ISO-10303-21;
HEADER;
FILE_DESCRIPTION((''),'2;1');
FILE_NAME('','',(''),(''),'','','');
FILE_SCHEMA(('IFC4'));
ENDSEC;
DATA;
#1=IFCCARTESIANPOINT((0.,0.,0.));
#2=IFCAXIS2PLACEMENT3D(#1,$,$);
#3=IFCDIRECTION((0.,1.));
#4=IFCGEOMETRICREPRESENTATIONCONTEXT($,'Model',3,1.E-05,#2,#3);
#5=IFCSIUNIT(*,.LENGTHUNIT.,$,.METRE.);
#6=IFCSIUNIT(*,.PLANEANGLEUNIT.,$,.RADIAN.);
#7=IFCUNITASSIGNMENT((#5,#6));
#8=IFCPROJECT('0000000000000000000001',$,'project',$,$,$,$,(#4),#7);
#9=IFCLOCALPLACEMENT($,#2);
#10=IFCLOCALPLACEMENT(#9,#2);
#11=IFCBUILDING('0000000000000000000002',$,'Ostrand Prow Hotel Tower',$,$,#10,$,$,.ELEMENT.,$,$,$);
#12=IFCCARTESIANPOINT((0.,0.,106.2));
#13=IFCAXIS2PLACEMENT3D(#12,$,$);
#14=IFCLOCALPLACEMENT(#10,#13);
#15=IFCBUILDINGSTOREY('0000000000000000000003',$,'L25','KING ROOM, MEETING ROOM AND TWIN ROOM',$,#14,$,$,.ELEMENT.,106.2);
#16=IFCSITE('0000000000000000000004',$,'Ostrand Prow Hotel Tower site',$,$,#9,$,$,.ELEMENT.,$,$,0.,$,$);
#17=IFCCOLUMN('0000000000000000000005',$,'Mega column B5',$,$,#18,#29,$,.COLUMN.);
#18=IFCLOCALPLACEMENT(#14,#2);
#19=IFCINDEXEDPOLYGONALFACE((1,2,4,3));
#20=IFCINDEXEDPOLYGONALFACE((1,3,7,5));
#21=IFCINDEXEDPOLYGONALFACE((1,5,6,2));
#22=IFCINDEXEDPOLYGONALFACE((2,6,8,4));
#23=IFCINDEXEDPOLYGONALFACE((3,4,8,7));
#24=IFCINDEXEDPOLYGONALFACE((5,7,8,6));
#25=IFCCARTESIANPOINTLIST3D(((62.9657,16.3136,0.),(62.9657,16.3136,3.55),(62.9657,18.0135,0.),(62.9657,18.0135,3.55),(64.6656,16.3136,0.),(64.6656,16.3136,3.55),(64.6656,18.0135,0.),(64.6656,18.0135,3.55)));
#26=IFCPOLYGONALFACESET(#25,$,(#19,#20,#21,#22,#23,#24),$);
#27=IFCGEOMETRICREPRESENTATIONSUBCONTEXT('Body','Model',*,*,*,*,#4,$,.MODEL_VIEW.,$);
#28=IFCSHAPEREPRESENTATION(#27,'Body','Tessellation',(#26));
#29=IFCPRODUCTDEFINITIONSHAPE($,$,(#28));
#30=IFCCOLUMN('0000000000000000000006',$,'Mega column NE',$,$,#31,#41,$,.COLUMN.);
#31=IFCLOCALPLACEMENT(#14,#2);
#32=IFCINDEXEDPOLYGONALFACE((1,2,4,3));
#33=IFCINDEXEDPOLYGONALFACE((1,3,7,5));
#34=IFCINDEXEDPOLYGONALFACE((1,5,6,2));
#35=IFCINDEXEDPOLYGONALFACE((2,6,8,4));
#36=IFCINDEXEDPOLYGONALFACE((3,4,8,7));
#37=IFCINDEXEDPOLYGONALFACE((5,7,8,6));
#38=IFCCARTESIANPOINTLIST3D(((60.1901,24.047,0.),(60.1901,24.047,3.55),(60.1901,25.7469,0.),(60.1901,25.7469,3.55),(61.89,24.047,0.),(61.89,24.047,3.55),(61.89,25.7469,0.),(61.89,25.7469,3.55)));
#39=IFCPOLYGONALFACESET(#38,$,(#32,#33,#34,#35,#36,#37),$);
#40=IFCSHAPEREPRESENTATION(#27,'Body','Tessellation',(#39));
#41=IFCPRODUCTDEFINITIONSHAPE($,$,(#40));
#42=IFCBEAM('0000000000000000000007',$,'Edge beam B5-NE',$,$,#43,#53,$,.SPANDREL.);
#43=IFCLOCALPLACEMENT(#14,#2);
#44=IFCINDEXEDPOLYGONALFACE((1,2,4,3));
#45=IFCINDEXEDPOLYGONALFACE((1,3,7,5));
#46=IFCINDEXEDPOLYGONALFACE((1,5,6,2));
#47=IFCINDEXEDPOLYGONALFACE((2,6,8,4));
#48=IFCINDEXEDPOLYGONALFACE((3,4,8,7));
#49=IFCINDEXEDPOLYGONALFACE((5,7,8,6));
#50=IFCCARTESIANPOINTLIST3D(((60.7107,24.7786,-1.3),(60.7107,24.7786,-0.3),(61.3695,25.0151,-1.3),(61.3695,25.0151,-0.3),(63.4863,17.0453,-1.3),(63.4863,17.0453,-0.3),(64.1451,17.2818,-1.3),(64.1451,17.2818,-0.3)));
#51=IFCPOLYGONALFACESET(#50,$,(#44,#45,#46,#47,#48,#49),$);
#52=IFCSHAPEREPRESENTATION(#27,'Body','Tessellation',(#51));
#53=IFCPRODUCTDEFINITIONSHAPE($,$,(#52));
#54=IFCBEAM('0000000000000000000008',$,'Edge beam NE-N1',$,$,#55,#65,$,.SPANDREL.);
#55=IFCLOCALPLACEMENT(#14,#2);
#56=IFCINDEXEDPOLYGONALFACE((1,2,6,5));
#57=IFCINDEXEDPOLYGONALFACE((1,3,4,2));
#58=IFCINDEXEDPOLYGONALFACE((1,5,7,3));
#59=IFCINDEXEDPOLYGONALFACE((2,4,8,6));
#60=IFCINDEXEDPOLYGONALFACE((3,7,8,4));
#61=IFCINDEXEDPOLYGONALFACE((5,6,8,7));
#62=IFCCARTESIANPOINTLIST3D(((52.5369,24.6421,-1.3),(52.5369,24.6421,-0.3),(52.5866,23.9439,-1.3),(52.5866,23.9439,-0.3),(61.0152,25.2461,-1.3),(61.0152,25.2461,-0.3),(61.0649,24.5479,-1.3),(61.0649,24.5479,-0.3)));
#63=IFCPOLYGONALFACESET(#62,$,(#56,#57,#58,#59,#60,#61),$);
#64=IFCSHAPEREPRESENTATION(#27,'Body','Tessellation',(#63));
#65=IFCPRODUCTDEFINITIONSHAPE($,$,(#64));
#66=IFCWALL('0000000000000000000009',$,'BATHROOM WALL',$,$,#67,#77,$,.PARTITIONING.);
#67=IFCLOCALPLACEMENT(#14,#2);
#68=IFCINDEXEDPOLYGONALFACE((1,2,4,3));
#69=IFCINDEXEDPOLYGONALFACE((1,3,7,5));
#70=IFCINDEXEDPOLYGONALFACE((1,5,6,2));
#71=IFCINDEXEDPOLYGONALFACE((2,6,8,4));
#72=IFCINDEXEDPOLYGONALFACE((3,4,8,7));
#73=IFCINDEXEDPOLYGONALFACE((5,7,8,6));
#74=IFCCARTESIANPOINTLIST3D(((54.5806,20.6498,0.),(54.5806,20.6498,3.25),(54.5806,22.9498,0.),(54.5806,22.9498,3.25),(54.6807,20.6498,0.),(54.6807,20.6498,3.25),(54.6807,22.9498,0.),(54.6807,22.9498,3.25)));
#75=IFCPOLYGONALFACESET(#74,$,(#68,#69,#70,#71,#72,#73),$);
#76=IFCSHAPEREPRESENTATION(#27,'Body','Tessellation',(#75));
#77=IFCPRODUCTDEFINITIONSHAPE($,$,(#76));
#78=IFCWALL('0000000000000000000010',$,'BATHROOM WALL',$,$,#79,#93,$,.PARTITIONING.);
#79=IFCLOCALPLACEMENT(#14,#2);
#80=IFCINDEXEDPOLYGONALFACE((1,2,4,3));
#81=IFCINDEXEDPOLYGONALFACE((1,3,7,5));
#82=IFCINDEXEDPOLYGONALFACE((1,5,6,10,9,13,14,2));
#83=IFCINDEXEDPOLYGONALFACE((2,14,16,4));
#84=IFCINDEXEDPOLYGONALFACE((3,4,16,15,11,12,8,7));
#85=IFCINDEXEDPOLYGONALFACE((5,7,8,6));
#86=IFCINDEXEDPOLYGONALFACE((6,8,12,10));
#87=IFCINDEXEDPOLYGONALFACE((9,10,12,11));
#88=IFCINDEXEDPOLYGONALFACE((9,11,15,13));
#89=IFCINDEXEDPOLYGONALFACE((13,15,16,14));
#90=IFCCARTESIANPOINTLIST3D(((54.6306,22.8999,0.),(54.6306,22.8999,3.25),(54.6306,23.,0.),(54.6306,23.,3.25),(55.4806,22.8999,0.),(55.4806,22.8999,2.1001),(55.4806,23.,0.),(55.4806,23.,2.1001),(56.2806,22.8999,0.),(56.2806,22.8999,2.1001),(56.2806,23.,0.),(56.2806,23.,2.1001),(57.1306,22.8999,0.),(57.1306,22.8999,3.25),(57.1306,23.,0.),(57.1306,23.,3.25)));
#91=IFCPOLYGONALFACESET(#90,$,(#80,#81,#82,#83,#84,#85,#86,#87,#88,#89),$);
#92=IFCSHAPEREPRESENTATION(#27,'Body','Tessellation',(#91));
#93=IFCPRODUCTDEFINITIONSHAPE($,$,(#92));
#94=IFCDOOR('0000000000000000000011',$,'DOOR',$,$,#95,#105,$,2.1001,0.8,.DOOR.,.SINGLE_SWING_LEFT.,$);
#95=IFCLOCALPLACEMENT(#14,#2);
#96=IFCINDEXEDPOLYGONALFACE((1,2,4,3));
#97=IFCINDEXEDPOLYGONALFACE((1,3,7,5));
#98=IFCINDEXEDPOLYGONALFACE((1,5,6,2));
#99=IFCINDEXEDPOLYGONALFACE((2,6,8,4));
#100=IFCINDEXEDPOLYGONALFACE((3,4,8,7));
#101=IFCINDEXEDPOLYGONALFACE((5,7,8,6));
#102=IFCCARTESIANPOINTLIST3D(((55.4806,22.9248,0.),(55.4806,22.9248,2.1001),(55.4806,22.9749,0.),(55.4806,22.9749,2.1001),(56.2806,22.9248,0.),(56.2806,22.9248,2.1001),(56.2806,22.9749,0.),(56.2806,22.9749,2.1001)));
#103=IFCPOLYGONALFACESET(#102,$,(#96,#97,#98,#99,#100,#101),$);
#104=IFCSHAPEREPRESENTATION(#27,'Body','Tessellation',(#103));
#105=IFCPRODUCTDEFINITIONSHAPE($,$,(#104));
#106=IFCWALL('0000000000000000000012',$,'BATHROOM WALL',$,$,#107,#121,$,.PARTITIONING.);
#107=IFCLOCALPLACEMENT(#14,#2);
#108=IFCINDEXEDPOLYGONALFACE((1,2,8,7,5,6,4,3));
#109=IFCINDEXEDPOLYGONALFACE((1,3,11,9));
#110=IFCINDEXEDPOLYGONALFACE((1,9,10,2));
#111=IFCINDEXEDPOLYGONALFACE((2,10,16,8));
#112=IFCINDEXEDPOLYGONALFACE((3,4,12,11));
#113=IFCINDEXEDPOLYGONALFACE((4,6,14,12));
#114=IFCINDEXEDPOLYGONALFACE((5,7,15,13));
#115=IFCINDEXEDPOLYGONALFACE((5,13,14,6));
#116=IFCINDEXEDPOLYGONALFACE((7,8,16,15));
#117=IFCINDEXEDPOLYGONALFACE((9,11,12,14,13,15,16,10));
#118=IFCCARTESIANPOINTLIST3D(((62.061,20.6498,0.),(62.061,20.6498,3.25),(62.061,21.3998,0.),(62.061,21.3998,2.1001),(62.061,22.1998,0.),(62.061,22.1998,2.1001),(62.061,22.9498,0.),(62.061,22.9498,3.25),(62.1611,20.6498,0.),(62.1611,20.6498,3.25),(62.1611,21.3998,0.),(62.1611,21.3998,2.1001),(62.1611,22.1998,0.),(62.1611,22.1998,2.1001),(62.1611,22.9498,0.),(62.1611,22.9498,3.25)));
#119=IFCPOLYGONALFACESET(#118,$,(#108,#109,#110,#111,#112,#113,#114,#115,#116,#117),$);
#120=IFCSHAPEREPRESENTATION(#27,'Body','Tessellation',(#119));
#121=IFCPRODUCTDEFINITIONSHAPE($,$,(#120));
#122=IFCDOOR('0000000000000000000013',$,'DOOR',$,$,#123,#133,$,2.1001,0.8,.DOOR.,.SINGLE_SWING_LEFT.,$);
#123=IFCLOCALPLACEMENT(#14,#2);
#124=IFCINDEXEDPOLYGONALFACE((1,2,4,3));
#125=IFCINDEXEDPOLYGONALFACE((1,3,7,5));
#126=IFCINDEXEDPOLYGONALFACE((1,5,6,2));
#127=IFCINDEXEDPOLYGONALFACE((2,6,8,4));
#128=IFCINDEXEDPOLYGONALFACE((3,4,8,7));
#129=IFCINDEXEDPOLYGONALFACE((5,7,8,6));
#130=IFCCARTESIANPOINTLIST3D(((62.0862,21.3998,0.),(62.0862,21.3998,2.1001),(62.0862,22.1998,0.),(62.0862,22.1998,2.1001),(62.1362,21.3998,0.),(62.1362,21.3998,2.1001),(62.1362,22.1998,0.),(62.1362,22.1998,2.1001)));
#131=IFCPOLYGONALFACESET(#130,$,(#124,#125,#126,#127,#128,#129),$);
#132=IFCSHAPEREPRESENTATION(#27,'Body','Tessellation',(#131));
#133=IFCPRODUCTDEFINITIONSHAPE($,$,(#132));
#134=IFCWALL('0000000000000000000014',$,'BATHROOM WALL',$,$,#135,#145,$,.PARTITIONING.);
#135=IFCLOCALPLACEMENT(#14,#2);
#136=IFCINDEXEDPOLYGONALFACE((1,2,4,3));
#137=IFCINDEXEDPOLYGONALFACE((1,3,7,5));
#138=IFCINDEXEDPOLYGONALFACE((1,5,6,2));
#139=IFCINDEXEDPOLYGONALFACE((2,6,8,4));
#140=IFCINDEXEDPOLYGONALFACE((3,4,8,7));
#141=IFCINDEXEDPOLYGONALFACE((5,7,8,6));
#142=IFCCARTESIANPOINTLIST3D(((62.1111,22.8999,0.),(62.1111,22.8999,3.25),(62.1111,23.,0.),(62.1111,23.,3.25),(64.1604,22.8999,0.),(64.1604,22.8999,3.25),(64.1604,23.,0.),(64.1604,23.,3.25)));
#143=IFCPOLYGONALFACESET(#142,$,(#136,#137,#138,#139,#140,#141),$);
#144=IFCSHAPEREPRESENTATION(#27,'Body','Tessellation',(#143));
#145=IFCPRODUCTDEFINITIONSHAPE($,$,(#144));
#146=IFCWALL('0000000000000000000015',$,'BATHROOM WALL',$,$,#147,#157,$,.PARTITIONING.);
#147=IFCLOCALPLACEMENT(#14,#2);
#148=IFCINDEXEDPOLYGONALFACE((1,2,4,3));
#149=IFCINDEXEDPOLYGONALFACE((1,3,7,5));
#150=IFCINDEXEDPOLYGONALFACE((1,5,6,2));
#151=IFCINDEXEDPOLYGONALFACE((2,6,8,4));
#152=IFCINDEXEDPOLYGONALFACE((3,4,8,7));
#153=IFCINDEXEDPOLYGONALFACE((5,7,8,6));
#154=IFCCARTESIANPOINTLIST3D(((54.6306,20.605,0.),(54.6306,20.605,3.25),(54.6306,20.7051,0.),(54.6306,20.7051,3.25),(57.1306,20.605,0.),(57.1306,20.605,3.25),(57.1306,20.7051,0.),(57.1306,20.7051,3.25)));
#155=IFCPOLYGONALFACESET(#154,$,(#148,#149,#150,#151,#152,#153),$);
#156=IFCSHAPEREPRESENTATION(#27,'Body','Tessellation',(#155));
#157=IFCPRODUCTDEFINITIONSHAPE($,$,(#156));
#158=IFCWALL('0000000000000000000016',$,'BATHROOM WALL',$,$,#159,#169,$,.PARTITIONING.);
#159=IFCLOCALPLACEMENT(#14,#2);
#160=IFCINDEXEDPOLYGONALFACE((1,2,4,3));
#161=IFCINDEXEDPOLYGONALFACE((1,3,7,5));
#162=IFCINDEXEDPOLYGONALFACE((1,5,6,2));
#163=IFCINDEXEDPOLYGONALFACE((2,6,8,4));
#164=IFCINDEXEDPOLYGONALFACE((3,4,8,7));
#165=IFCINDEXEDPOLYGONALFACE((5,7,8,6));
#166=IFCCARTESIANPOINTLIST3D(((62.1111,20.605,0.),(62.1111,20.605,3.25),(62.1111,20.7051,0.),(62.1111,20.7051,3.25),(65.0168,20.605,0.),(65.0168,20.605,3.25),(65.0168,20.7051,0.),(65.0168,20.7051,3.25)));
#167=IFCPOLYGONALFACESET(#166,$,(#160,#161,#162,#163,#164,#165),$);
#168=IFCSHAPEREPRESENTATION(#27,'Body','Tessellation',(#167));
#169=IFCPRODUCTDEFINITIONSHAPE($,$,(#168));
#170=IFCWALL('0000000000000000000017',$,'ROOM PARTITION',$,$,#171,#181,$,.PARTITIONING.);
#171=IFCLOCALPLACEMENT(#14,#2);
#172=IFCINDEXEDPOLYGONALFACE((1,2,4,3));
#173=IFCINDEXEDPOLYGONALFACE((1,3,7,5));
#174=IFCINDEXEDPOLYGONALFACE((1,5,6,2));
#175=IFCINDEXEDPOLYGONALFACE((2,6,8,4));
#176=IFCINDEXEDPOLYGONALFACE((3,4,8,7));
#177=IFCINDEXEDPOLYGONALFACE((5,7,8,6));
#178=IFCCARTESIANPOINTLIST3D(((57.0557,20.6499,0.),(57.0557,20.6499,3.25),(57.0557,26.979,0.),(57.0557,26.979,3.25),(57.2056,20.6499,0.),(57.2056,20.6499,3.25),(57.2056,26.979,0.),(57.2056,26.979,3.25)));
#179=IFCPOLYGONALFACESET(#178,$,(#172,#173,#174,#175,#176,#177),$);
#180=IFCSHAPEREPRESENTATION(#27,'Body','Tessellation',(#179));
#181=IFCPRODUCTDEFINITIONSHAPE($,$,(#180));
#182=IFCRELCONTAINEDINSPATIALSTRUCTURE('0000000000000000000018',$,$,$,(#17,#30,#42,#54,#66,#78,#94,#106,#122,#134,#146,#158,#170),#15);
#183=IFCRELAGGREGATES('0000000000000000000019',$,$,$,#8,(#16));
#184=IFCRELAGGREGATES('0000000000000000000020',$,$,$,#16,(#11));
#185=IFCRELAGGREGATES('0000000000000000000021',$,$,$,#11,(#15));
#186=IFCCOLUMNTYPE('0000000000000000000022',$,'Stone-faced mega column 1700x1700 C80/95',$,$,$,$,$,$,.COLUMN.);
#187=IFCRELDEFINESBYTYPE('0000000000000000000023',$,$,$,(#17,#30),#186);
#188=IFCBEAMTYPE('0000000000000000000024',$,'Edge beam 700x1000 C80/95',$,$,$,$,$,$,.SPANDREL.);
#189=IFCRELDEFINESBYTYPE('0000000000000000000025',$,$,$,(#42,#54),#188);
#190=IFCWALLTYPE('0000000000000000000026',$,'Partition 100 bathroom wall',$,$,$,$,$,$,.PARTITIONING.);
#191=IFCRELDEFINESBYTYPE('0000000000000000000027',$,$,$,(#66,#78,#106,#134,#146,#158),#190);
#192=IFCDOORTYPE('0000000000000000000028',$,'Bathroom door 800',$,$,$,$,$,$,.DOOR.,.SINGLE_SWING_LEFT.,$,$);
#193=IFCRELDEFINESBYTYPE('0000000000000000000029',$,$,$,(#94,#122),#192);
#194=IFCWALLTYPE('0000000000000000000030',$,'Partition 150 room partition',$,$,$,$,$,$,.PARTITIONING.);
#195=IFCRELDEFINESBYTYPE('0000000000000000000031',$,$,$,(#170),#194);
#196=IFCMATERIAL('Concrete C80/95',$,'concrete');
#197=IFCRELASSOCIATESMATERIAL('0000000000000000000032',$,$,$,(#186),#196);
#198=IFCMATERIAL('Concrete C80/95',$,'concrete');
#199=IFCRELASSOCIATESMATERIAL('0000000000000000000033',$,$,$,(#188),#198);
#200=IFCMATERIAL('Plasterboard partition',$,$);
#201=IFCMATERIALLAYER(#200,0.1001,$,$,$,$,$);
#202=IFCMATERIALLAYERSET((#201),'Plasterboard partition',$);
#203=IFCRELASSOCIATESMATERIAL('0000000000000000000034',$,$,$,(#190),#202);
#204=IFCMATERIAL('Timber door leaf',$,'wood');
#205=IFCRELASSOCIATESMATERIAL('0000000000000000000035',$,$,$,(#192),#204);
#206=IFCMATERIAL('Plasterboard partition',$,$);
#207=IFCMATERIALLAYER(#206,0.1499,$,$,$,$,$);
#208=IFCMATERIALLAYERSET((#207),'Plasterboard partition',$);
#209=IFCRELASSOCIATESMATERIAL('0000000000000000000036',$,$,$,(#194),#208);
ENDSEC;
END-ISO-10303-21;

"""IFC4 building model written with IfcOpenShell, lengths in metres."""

from ifc_helpers import new_model, si_unit, direction, frame, frame_2d, origin, origin_2d, place, context, subcontext, project, spatial, rectangle, extrude, material, layer, layer_set, material_profile, profile_set, type_object, element, fill, save


model = new_model("IFC4")

# Units and contexts
model_context = context("Model", 3, precision=1e-05, world=origin(), true_north=direction((0.0, 1.0)))
body_context = subcontext(model_context, "Body", "Model", "MODEL_VIEW")
ifc_project = project(units=[si_unit("LENGTHUNIT", "METRE"), si_unit("PLANEANGLEUNIT", "RADIAN")], contexts=[model_context])

# Site, building, storey
site_placement = place(None, origin())
site = spatial("IfcSite", under=ifc_project, at=site_placement, Name="Ostrand Prow Hotel Tower site", CompositionType="ELEMENT", RefElevation=0.0)
building_placement = place(site_placement, origin())
building = spatial("IfcBuilding", under=site, at=building_placement, Name="Ostrand Prow Hotel Tower", CompositionType="ELEMENT")
storey_placement = place(building_placement, frame((0.0, 0.0, 106.2)))
storey = spatial("IfcBuildingStorey", under=building, at=storey_placement, Name="L25", Description="KING ROOM, MEETING ROOM AND TWIN ROOM", CompositionType="ELEMENT", Elevation=106.2)

# Columns
ifc_material_1 = material(Name="Concrete C80/95", Category="concrete")
ifc_material_profile_1 = material_profile(ifc_material_1, rectangle(XDim=1.7, YDim=1.7, at=origin_2d()), Name="RC 1700x1700")
ifc_profile_set_1 = profile_set([ifc_material_profile_1], Name="Concrete C80/95")
column_type = type_object("IfcColumnType", Name="Stone-faced mega column 1700x1700 C80/95", PredefinedType="COLUMN", material=ifc_profile_set_1)
for number, where, z_axis, x_axis, name in (
    (1, (63.8157, 17.1636, 0.0), (0.0, 0.0, 1.0), (1.0, 0.0, 0.0), "Mega column B5"),
    (2, (61.04, 24.897, 0.0), (0.0, 0.0, 1.0), (1.0, 0.0, 0.0), "Mega column NE"),
):
    element("IfcColumn", number, at=place(storey_placement, frame(where, z_axis=z_axis, x_axis=x_axis)), inside=storey, type_object=column_type, Name=name, PredefinedType="COLUMN", context=body_context, shape_type="SweptSolid", body=[
        extrude(rectangle(XDim=1.7, YDim=1.7, at=origin_2d()), origin(), (0.0, 0.0, 1.0), 3.55),
    ])

# Beams
ifc_material_2 = material(Name="Concrete C80/95", Category="concrete")
ifc_material_profile_2 = material_profile(ifc_material_2, rectangle(XDim=0.7, YDim=1.0, at=origin_2d()), Name="RC 700x1000")
ifc_profile_set_2 = profile_set([ifc_material_profile_2], Name="Concrete C80/95")
beam_type = type_object("IfcBeamType", Name="Edge beam 700x1000 C80/95", PredefinedType="SPANDREL", material=ifc_profile_set_2)
beam_1_placement = place(storey_placement, frame((63.8157, 17.1636, -0.8), z_axis=(-0.337815, 0.941212, 0.0), x_axis=(-0.941212, -0.337815, 0.0)))
element("IfcBeam", 3, at=beam_1_placement, inside=storey, type_object=beam_type, Name="Edge beam B5-NE", PredefinedType="SPANDREL", context=body_context, shape_type="SweptSolid", body=[
    extrude(rectangle(XDim=0.7, YDim=1.0, at=origin_2d()), origin(), (0.0, 0.0, 1.0), 8.2163),
])
beam_2_placement = place(storey_placement, frame((61.04, 24.897, -0.8), z_axis=(-0.997472, -0.071061, 0.0), x_axis=(0.071061, -0.997472, 0.0)))
element("IfcBeam", 4, at=beam_2_placement, inside=storey, type_object=beam_type, Name="Edge beam NE-N1", PredefinedType="SPANDREL", context=body_context, shape_type="SweptSolid", body=[
    extrude(rectangle(XDim=0.7, YDim=1.0, at=origin_2d()), origin(), (0.0, 0.0, 1.0), 8.4998),
])

# Wall
ifc_material_3 = material(Name="Plasterboard partition")
ifc_layer_1 = layer(ifc_material_3, 0.1001)
ifc_layer_set_1 = layer_set([ifc_layer_1], Name="Plasterboard partition")
wall_type_1 = type_object("IfcWallType", Name="Partition 100 bathroom wall", PredefinedType="PARTITIONING", material=ifc_layer_set_1)
wall_1_placement = place(storey_placement, frame((54.6306, 20.6499, 0.0), z_axis=(0.0, 0.0, 1.0), x_axis=(0.0, 1.0, 0.0)))
element("IfcWall", 5, at=wall_1_placement, inside=storey, type_object=wall_type_1, Name="BATHROOM WALL", PredefinedType="PARTITIONING", context=body_context, shape_type="SweptSolid", body=[
    extrude(rectangle(XDim=2.3, YDim=0.1001, at=frame_2d((1.1499, 0.0))), origin(), (0.0, 0.0, 1.0), 3.25),
])

# Walls, openings, doors
wall_2_placement = place(storey_placement, frame((54.6306, 22.95, 0.0), z_axis=(0.0, 0.0, 1.0), x_axis=(1.0, 0.0, 0.0)))
wall_2 = element("IfcWall", 6, at=wall_2_placement, inside=storey, type_object=wall_type_1, Name="BATHROOM WALL", PredefinedType="PARTITIONING", context=body_context, shape_type="SweptSolid", body=[
    extrude(rectangle(XDim=2.5, YDim=0.1001, at=frame_2d((1.25, 0.0))), origin(), (0.0, 0.0, 1.0), 3.25),
])
opening_1_placement = place(wall_2_placement, frame((0.8501, 0.0, 0.0)))
opening_1 = element("IfcOpeningElement", 7, at=opening_1_placement, cuts=wall_2, PredefinedType="OPENING", context=body_context, shape_type="SweptSolid", body=[
    extrude(rectangle(XDim=0.8, YDim=2.1001, at=frame_2d((0.3999, 1.05))), frame((0.0, 0.0601, 0.0), z_axis=(0.0, -1.0, 0.0), x_axis=(1.0, 0.0, 0.0)), (0.0, 0.0, 1.0), 0.1201),
])
ifc_material_4 = material(Name="Timber door leaf", Category="wood")
door_type_1 = type_object("IfcDoorType", Name="Bathroom door 800", OperationType="SINGLE_SWING_LEFT", PredefinedType="DOOR", material=ifc_material_4)
door_1_placement = place(opening_1_placement, origin())
door_1 = element("IfcDoor", 8, at=door_1_placement, inside=storey, type_object=door_type_1, Name="DOOR", OperationType="SINGLE_SWING_LEFT", OverallHeight=2.1001, OverallWidth=0.8, PredefinedType="DOOR", context=body_context, shape_type="SweptSolid", body=[
    extrude(rectangle(XDim=0.8, YDim=2.1001, at=frame_2d((0.3999, 1.05))), frame((0.0, 0.0249, 0.0), z_axis=(0.0, -1.0, 0.0), x_axis=(1.0, 0.0, 0.0)), (0.0, 0.0, 1.0), 0.05),
])
fill(opening_1, door_1)
wall_3_placement = place(storey_placement, frame((62.1111, 20.6499, 0.0), z_axis=(0.0, 0.0, 1.0), x_axis=(0.0, 1.0, 0.0)))
wall_3 = element("IfcWall", 9, at=wall_3_placement, inside=storey, type_object=wall_type_1, Name="BATHROOM WALL", PredefinedType="PARTITIONING", context=body_context, shape_type="SweptSolid", body=[
    extrude(rectangle(XDim=2.3, YDim=0.1001, at=frame_2d((1.1499, 0.0))), origin(), (0.0, 0.0, 1.0), 3.25),
])
opening_2_placement = place(wall_3_placement, frame((0.75, 0.0, 0.0)))
opening_2 = element("IfcOpeningElement", 10, at=opening_2_placement, cuts=wall_3, PredefinedType="OPENING", context=body_context, shape_type="SweptSolid", body=[
    extrude(rectangle(XDim=0.8, YDim=2.1001, at=frame_2d((0.3999, 1.05))), frame((0.0, 0.0601, 0.0), z_axis=(0.0, -1.0, 0.0), x_axis=(1.0, 0.0, 0.0)), (0.0, 0.0, 1.0), 0.1201),
])
door_2_placement = place(opening_2_placement, origin())
door_2 = element("IfcDoor", 11, at=door_2_placement, inside=storey, type_object=door_type_1, Name="DOOR", OperationType="SINGLE_SWING_LEFT", OverallHeight=2.1001, OverallWidth=0.8, PredefinedType="DOOR", context=body_context, shape_type="SweptSolid", body=[
    extrude(rectangle(XDim=0.8, YDim=2.1001, at=frame_2d((0.3999, 1.05))), frame((0.0, 0.0249, 0.0), z_axis=(0.0, -1.0, 0.0), x_axis=(1.0, 0.0, 0.0)), (0.0, 0.0, 1.0), 0.05),
])
fill(opening_2, door_2)

# Walls
wall_4_placement = place(storey_placement, frame((62.1111, 22.95, 0.0), z_axis=(0.0, 0.0, 1.0), x_axis=(1.0, 0.0, 0.0)))
element("IfcWall", 12, at=wall_4_placement, inside=storey, type_object=wall_type_1, Name="BATHROOM WALL", PredefinedType="PARTITIONING", context=body_context, shape_type="SweptSolid", body=[
    extrude(rectangle(XDim=2.0493, YDim=0.1001, at=frame_2d((1.0247, 0.0))), origin(), (0.0, 0.0, 1.0), 3.25),
])
wall_5_placement = place(storey_placement, frame((57.1306, 20.655, 0.0), z_axis=(0.0, 0.0, 1.0), x_axis=(-1.0, 0.0, 0.0)))
element("IfcWall", 13, at=wall_5_placement, inside=storey, type_object=wall_type_1, Name="BATHROOM WALL", PredefinedType="PARTITIONING", context=body_context, shape_type="SweptSolid", body=[
    extrude(rectangle(XDim=2.5, YDim=0.1001, at=frame_2d((1.25, 0.0))), origin(), (0.0, 0.0, 1.0), 3.25),
])
wall_6_placement = place(storey_placement, frame((65.0168, 20.655, 0.0), z_axis=(0.0, 0.0, 1.0), x_axis=(-1.0, 0.0, 0.0)))
element("IfcWall", 14, at=wall_6_placement, inside=storey, type_object=wall_type_1, Name="BATHROOM WALL", PredefinedType="PARTITIONING", context=body_context, shape_type="SweptSolid", body=[
    extrude(rectangle(XDim=2.9058, YDim=0.1001, at=frame_2d((1.4529, 0.0))), origin(), (0.0, 0.0, 1.0), 3.25),
])
ifc_material_5 = material(Name="Plasterboard partition")
ifc_layer_2 = layer(ifc_material_5, 0.1499)
ifc_layer_set_2 = layer_set([ifc_layer_2], Name="Plasterboard partition")
wall_type_2 = type_object("IfcWallType", Name="Partition 150 room partition", PredefinedType="PARTITIONING", material=ifc_layer_set_2)
wall_7_placement = place(storey_placement, frame((57.1306, 20.6499, 0.0), z_axis=(0.0, 0.0, 1.0), x_axis=(0.0, 1.0, 0.0)))
element("IfcWall", 15, at=wall_7_placement, inside=storey, type_object=wall_type_2, Name="ROOM PARTITION", PredefinedType="PARTITIONING", context=body_context, shape_type="SweptSolid", body=[
    extrude(rectangle(XDim=6.3291, YDim=0.1499, at=frame_2d((3.1646, 0.0))), origin(), (0.0, 0.0, 1.0), 3.25),
])

save(model, "model.ifc")
